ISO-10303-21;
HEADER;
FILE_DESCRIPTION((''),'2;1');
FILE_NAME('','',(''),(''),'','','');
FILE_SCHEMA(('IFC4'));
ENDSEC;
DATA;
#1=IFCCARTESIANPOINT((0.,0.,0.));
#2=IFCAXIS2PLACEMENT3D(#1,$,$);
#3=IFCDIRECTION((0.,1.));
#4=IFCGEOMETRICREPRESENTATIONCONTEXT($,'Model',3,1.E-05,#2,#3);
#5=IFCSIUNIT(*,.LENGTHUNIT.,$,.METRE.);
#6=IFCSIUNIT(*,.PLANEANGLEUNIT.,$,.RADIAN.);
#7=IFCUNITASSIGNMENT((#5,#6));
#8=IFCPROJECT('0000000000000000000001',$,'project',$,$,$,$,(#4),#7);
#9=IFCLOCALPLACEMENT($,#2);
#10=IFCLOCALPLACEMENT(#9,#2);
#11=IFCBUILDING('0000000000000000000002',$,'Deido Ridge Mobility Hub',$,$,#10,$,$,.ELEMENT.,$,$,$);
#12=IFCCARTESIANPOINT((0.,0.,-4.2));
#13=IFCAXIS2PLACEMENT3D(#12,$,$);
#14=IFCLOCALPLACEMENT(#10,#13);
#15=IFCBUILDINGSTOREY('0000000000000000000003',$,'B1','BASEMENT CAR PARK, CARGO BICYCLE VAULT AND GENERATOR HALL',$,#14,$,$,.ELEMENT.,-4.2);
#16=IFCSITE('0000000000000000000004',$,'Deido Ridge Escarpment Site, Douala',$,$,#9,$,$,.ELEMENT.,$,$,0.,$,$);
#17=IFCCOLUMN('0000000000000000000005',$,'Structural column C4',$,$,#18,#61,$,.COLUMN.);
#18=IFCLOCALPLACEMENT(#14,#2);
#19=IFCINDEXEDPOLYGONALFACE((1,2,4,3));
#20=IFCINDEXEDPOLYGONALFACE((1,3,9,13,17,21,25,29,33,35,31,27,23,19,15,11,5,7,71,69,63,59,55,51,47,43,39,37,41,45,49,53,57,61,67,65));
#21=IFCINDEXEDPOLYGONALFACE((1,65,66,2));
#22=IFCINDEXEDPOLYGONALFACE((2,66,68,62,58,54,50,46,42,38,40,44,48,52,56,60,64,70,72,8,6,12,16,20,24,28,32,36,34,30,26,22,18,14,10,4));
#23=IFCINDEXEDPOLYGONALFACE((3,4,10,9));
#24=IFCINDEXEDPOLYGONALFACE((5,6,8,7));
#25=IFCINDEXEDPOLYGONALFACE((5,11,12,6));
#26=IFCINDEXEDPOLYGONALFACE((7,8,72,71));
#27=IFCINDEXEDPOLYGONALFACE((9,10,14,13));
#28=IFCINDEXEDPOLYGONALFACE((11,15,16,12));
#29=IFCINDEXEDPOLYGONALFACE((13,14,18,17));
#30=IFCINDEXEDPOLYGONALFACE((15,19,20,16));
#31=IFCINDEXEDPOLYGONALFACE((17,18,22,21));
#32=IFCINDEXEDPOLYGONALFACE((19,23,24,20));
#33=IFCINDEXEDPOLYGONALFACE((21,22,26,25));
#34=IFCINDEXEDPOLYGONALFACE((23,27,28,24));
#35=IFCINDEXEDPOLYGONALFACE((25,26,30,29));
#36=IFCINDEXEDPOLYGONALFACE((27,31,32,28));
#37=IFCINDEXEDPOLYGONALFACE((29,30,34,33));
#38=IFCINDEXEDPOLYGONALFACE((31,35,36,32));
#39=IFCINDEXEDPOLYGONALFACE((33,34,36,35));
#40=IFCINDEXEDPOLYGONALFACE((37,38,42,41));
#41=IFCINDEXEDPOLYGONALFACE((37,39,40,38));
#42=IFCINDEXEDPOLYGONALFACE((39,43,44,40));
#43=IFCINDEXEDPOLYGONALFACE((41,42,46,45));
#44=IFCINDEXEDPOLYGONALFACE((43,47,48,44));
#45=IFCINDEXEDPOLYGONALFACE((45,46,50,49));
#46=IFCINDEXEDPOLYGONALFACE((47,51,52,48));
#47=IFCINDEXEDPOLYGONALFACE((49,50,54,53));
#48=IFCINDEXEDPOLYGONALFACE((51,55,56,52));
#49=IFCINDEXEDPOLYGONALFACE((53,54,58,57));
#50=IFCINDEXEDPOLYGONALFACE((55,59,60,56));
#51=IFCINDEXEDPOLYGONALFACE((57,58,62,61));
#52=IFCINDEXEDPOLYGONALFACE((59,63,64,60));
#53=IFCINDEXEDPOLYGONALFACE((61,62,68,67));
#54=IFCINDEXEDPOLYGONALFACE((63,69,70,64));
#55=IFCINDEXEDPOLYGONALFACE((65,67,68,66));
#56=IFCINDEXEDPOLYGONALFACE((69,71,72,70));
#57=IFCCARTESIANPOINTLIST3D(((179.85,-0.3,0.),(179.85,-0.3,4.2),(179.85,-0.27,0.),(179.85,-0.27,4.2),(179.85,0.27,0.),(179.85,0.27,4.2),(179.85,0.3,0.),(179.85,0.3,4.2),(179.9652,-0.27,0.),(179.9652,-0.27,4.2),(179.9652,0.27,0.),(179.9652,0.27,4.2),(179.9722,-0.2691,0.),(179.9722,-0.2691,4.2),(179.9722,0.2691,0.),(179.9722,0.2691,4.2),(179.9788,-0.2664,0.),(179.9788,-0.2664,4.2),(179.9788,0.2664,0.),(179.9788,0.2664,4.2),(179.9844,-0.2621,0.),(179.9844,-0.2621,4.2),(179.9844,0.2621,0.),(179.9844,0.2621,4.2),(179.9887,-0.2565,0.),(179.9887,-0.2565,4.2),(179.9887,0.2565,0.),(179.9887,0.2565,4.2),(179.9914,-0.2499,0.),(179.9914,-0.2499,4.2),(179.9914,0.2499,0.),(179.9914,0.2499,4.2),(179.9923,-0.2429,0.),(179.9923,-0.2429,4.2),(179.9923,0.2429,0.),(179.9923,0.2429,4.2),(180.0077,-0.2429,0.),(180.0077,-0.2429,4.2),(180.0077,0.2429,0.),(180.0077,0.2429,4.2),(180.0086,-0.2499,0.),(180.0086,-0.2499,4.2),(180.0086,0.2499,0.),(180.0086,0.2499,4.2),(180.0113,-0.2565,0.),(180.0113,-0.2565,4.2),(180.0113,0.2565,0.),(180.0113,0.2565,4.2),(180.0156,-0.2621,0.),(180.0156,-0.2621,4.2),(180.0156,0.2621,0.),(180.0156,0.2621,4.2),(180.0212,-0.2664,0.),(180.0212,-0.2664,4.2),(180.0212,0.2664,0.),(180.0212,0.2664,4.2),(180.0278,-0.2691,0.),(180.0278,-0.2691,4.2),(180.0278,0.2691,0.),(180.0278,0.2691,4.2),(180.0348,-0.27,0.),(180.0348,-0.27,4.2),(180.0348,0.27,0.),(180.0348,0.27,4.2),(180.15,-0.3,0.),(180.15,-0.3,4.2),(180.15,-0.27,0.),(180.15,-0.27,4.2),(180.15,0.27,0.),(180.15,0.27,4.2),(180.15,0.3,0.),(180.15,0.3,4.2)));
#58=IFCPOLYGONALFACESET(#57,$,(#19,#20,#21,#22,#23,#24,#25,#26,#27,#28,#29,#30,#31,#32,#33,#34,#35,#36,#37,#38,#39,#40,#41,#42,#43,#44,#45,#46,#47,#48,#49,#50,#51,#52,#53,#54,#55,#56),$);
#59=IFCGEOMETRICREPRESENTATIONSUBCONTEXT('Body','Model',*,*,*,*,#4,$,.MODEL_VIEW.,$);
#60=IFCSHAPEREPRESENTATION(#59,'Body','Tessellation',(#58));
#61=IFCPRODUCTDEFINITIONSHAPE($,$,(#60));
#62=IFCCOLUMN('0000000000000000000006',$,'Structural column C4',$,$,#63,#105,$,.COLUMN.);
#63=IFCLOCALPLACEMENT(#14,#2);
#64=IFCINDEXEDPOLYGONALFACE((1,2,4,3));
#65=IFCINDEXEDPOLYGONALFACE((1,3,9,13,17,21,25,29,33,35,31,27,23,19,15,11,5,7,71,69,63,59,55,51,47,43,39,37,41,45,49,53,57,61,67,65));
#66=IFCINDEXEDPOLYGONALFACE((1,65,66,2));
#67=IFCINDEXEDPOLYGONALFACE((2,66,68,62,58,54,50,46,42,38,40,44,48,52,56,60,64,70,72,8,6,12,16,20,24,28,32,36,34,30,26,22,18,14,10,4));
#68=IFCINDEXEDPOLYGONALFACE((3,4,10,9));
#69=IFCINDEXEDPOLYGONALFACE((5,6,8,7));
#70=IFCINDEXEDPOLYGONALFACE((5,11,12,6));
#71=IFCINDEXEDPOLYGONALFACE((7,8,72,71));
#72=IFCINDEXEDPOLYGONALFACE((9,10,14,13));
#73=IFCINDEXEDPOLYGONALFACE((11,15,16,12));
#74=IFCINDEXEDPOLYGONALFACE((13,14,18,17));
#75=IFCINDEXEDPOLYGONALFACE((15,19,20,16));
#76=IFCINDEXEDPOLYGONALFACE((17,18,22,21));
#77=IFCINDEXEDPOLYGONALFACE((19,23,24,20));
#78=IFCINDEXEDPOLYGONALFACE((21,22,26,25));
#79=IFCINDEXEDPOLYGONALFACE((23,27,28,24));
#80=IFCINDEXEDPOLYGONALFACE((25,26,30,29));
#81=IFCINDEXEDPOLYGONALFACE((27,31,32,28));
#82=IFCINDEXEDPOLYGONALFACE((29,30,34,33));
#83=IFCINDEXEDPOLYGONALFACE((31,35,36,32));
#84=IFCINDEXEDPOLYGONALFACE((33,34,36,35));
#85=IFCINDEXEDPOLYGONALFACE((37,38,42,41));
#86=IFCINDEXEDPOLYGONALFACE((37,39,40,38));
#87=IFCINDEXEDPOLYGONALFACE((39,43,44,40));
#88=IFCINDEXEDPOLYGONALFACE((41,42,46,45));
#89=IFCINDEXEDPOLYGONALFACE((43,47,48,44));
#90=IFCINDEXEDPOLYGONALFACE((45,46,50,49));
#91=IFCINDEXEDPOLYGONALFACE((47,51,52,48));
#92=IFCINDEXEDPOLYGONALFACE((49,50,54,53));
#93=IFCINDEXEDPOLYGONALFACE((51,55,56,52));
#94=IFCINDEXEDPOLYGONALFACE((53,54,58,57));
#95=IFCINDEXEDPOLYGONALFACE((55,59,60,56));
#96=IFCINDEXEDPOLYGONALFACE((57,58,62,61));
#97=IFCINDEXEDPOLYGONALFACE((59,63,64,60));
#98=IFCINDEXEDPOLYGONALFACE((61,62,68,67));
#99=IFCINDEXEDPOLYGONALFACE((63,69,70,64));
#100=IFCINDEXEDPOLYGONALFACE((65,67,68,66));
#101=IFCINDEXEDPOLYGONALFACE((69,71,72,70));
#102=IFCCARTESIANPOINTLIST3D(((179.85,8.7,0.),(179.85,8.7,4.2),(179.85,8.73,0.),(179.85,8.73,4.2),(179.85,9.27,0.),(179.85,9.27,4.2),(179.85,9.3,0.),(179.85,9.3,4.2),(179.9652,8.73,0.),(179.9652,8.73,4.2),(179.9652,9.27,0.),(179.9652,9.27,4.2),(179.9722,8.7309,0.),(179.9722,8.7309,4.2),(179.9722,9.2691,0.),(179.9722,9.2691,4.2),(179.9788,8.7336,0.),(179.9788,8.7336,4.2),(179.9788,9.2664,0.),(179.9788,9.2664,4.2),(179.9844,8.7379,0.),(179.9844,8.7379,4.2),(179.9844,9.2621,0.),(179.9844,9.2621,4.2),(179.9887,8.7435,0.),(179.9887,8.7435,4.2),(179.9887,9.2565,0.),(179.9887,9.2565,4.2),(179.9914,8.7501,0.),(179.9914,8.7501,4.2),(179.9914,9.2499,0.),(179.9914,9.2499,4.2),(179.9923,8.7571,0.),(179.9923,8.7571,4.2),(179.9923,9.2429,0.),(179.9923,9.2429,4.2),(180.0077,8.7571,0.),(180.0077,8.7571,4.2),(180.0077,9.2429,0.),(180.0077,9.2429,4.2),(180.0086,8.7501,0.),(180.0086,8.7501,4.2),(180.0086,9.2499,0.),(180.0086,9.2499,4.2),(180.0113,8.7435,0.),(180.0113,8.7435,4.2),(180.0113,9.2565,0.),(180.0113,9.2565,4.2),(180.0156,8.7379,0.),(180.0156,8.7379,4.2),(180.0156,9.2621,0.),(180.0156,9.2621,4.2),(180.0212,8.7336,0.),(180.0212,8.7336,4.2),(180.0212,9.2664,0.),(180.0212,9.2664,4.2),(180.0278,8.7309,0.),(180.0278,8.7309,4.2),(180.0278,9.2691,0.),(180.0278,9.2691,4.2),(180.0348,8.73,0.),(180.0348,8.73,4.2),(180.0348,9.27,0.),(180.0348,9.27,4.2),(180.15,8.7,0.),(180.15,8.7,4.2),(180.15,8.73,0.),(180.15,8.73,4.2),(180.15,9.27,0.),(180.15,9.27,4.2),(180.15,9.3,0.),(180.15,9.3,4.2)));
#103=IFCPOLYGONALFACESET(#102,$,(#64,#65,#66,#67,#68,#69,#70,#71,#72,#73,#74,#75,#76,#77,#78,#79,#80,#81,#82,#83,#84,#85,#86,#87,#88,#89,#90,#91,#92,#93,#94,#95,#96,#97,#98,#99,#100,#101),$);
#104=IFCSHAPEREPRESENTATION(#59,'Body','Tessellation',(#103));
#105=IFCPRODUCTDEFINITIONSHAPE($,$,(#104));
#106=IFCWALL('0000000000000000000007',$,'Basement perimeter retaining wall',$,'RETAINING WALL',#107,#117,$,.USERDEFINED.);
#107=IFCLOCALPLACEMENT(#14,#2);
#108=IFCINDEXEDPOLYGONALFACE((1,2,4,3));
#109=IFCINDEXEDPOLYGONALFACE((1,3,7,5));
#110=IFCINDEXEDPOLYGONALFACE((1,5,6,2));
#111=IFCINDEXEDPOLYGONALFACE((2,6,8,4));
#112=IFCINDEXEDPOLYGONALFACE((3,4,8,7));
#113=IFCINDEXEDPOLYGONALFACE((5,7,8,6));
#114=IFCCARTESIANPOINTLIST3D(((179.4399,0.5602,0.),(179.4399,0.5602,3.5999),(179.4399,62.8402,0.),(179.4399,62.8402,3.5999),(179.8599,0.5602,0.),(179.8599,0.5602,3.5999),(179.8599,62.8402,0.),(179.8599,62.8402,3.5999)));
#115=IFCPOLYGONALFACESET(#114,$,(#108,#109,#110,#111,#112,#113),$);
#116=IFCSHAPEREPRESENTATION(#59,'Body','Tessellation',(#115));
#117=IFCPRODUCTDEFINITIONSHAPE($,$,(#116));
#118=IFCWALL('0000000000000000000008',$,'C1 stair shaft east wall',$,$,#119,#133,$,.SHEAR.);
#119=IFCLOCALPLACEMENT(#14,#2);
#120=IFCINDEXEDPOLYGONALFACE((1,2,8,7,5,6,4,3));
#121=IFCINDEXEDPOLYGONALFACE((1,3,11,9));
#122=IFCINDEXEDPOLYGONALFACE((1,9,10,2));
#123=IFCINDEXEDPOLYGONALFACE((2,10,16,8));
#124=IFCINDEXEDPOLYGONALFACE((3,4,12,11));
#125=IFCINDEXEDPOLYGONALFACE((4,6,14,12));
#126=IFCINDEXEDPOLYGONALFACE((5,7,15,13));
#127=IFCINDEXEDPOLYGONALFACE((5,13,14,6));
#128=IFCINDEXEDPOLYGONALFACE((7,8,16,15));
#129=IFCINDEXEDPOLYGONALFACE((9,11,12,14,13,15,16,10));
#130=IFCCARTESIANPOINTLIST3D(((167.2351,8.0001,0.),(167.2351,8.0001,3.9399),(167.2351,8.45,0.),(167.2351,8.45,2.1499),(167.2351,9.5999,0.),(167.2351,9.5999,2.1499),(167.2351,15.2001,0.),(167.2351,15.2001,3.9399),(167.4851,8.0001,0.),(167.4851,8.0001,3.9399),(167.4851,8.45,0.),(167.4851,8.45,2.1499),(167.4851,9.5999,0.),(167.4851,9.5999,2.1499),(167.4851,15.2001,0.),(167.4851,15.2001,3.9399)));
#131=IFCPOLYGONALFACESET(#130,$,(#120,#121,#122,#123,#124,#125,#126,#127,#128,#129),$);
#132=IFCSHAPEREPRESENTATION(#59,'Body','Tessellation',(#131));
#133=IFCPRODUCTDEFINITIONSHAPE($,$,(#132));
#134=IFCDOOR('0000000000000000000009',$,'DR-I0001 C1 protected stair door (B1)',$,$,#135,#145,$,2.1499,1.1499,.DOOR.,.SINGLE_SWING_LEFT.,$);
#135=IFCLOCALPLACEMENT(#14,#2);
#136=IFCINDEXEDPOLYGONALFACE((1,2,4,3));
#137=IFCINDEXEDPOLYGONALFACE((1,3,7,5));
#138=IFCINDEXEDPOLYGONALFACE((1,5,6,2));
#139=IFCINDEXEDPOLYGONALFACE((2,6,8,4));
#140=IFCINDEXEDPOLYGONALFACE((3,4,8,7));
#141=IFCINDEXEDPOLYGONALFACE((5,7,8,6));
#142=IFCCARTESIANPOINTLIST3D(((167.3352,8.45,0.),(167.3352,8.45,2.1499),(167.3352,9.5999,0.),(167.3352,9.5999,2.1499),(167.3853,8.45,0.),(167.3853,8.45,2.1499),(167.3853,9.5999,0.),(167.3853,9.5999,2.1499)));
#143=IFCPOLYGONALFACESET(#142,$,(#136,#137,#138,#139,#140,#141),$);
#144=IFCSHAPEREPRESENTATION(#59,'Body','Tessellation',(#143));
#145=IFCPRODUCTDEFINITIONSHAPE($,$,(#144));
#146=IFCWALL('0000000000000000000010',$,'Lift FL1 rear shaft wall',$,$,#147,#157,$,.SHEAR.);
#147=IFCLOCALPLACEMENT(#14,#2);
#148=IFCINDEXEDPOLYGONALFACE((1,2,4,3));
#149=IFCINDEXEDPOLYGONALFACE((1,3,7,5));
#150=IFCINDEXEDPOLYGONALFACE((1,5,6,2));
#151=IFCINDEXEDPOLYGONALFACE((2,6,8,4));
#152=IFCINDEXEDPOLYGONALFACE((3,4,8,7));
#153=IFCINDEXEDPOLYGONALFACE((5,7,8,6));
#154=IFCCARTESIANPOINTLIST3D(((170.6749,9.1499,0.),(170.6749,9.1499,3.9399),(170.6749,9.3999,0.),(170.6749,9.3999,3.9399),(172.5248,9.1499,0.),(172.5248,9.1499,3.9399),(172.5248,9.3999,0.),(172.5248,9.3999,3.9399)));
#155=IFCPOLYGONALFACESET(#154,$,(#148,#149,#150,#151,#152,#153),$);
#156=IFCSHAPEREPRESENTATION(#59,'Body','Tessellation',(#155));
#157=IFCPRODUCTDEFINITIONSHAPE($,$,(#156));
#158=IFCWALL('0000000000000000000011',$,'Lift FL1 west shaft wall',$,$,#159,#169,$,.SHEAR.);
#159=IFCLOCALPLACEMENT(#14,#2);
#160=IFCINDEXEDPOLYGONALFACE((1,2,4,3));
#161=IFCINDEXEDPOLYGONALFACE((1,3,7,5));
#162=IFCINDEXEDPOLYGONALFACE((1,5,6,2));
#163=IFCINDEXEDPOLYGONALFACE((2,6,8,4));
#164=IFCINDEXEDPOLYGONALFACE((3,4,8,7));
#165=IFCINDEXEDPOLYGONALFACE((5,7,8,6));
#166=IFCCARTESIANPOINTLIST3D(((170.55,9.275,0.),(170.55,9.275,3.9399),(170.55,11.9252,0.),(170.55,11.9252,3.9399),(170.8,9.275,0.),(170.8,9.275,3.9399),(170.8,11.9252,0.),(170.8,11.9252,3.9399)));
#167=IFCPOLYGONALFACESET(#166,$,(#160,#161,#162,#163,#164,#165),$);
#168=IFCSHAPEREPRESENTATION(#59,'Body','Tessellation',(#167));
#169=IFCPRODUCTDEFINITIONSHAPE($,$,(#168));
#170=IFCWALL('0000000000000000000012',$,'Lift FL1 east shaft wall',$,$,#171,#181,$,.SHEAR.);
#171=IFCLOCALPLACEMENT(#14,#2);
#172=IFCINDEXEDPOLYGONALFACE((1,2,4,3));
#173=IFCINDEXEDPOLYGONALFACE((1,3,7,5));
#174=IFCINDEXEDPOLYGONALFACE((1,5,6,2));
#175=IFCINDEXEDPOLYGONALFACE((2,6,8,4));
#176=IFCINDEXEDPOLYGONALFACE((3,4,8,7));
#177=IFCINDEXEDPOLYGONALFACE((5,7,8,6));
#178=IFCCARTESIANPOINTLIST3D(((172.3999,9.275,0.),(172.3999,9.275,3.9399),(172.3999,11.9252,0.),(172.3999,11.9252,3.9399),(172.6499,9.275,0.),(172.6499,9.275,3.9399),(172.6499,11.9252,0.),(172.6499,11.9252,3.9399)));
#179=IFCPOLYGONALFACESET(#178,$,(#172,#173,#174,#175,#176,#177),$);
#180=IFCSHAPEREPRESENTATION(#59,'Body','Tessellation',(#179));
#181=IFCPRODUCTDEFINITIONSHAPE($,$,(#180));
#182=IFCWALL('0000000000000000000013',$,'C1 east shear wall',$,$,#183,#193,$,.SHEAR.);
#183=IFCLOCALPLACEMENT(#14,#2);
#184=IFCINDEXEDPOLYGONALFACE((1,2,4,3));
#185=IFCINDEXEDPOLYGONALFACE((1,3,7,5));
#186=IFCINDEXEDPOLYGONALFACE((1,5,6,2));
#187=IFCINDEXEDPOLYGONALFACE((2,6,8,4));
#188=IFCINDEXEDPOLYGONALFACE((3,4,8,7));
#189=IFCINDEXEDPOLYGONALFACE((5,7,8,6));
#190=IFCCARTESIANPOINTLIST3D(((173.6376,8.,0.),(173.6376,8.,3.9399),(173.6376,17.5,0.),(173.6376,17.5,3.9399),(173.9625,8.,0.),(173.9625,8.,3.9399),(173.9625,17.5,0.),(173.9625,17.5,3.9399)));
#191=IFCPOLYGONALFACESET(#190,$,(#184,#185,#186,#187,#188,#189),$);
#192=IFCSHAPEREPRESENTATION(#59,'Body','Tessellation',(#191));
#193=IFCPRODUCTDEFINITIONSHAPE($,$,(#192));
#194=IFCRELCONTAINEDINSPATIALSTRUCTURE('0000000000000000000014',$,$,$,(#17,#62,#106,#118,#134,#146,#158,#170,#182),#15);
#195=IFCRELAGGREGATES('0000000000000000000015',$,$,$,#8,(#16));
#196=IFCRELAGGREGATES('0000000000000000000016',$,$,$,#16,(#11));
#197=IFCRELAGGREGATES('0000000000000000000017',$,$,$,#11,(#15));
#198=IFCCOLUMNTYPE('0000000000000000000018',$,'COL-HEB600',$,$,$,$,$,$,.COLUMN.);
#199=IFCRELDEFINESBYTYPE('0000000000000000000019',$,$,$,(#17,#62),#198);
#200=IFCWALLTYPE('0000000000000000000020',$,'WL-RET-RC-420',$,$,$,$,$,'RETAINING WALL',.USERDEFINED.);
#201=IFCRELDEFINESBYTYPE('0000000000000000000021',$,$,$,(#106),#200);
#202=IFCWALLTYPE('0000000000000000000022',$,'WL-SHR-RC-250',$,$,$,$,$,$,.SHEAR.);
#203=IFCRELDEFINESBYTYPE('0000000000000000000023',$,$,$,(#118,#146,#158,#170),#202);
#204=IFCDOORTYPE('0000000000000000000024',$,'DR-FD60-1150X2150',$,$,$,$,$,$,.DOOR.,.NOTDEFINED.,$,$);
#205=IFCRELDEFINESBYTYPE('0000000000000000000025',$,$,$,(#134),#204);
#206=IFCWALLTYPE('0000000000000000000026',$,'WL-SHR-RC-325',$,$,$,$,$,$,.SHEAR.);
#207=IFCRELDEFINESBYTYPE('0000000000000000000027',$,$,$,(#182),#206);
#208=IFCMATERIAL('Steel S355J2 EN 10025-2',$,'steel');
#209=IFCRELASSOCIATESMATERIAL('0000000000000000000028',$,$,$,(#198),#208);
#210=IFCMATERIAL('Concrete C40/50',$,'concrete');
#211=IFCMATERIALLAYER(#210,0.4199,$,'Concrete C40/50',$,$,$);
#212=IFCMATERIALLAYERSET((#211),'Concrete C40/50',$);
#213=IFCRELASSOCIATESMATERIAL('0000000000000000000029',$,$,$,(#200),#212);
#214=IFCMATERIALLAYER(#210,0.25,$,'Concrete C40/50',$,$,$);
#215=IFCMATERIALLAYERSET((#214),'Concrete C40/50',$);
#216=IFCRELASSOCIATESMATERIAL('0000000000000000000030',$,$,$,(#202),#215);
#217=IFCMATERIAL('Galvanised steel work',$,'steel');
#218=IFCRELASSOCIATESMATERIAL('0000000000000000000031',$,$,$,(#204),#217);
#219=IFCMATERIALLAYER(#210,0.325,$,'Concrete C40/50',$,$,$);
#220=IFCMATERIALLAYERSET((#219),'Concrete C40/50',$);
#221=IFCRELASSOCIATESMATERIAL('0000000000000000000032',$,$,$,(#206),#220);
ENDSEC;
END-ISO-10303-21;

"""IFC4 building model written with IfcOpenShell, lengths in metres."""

from ifc_helpers import new_model, si_unit, direction, frame, frame_2d, origin, origin_2d, place, context, subcontext, project, spatial, rectangle, i_section, extrude, material, layer, layer_set, material_profile, profile_set, type_object, element, fill, save


model = new_model("IFC4")

# Units and contexts
model_context = context("Model", 3, precision=1e-05, world=origin(), true_north=direction((0.0, 1.0)))
body_context = subcontext(model_context, "Body", "Model", "MODEL_VIEW")
ifc_project = project(units=[si_unit("LENGTHUNIT", "METRE"), si_unit("PLANEANGLEUNIT", "RADIAN")], contexts=[model_context])

# Site, building, storey
site_placement = place(None, origin())
site = spatial("IfcSite", under=ifc_project, at=site_placement, Name="Deido Ridge Escarpment Site, Douala", CompositionType="ELEMENT", RefElevation=0.0)
building_placement = place(site_placement, origin())
building = spatial("IfcBuilding", under=site, at=building_placement, Name="Deido Ridge Mobility Hub", CompositionType="ELEMENT")
storey_placement = place(building_placement, frame((0.0, 0.0, -4.2)))
storey = spatial("IfcBuildingStorey", under=building, at=storey_placement, Name="B1", Description="BASEMENT CAR PARK, CARGO BICYCLE VAULT AND GENERATOR HALL", CompositionType="ELEMENT", Elevation=-4.2)

# Shared definitions
ifc_material_1 = material(Name="Concrete C40/50", Category="concrete")

# Columns
ifc_material_2 = material(Name="Steel S355J2 EN 10025-2", Category="steel")
ifc_material_profile_1 = material_profile(ifc_material_2, i_section(OverallWidth=0.3, OverallDepth=0.6001, WebThickness=0.0154, FlangeThickness=0.03, FilletRadius=0.0271, at=origin_2d()), Name="HEB 600")
ifc_profile_set_1 = profile_set([ifc_material_profile_1], Name="Steel S355J2 EN 10025-2")
column_type = type_object("IfcColumnType", Name="COL-HEB600", PredefinedType="COLUMN", material=ifc_profile_set_1)
for number, where, z_axis, x_axis, name in (
    (1, (180.0, 0.0, 0.0), (0.0, 0.0, 1.0), (1.0, 0.0, 0.0), "Structural column C4"),
    (2, (180.0, 9.0, 0.0), (0.0, 0.0, 1.0), (1.0, 0.0, 0.0), "Structural column C4"),
):
    element("IfcColumn", number, at=place(storey_placement, frame(where, z_axis=z_axis, x_axis=x_axis)), inside=storey, type_object=column_type, Name=name, PredefinedType="COLUMN", context=body_context, shape_type="SweptSolid", body=[
        extrude(i_section(OverallWidth=0.3, OverallDepth=0.6001, WebThickness=0.0154, FlangeThickness=0.03, FilletRadius=0.0271, at=origin_2d()), origin(), (0.0, 0.0, 1.0), 4.2),
    ])

# Wall
ifc_layer_1 = layer(ifc_material_1, 0.4199, Name="Concrete C40/50")
ifc_layer_set_1 = layer_set([ifc_layer_1], Name="Concrete C40/50")
wall_type_1 = type_object("IfcWallType", Name="WL-RET-RC-420", ElementType="RETAINING WALL", PredefinedType="USERDEFINED", material=ifc_layer_set_1)
wall_1_placement = place(storey_placement, frame((179.6499, 0.5601, 0.0), z_axis=(0.0, 0.0, 1.0), x_axis=(0.0, 1.0, 0.0)))
element("IfcWall", 3, at=wall_1_placement, inside=storey, type_object=wall_type_1, Name="Basement perimeter retaining wall", ObjectType="RETAINING WALL", PredefinedType="USERDEFINED", context=body_context, shape_type="SweptSolid", body=[
    extrude(rectangle(XDim=62.28, YDim=0.4199, at=frame_2d((31.1401, 0.0))), origin(), (0.0, 0.0, 1.0), 3.5999),
])

# Wall, opening, door
ifc_layer_2 = layer(ifc_material_1, 0.25, Name="Concrete C40/50")
ifc_layer_set_2 = layer_set([ifc_layer_2], Name="Concrete C40/50")
wall_type_2 = type_object("IfcWallType", Name="WL-SHR-RC-250", PredefinedType="SHEAR", material=ifc_layer_set_2)
wall_2_placement = place(storey_placement, frame((167.3601, 8.0, 0.0), z_axis=(0.0, 0.0, 1.0), x_axis=(0.0, 1.0, 0.0)))
wall_2 = element("IfcWall", 4, at=wall_2_placement, inside=storey, type_object=wall_type_2, Name="C1 stair shaft east wall", PredefinedType="SHEAR", context=body_context, shape_type="SweptSolid", body=[
    extrude(rectangle(XDim=7.2, YDim=0.25, at=frame_2d((3.6001, 0.0))), origin(), (0.0, 0.0, 1.0), 3.9399),
])
opening_placement = place(wall_2_placement, frame((0.45, 0.0, 0.0)))
opening = element("IfcOpeningElement", 5, at=opening_placement, cuts=wall_2, PredefinedType="OPENING", context=body_context, shape_type="SweptSolid", body=[
    extrude(rectangle(XDim=1.1499, YDim=2.1499, at=frame_2d((0.575, 1.075))), frame((0.0, 0.135, 0.0), z_axis=(0.0, -1.0, 0.0), x_axis=(1.0, 0.0, 0.0)), (0.0, 0.0, 1.0), 0.27),
])
ifc_material_3 = material(Name="Galvanised steel work", Category="steel")
door_type = type_object("IfcDoorType", Name="DR-FD60-1150X2150", OperationType="NOTDEFINED", PredefinedType="DOOR", material=ifc_material_3)
door_placement = place(opening_placement, origin())
door = element("IfcDoor", 6, at=door_placement, inside=storey, type_object=door_type, Name="DR-I0001 C1 protected stair door (B1)", OperationType="SINGLE_SWING_LEFT", OverallHeight=2.1499, OverallWidth=1.1499, PredefinedType="DOOR", context=body_context, shape_type="SweptSolid", body=[
    extrude(rectangle(XDim=1.1499, YDim=2.1499, at=frame_2d((0.575, 1.075))), frame((0.0, 0.0249, 0.0), z_axis=(0.0, -1.0, 0.0), x_axis=(1.0, 0.0, 0.0)), (0.0, 0.0, 1.0), 0.05),
])
fill(opening, door)

# Walls
wall_3_placement = place(storey_placement, frame((170.675, 9.2749, 0.0), z_axis=(0.0, 0.0, 1.0), x_axis=(1.0, 0.0, 0.0)))
element("IfcWall", 7, at=wall_3_placement, inside=storey, type_object=wall_type_2, Name="Lift FL1 rear shaft wall", PredefinedType="SHEAR", context=body_context, shape_type="SweptSolid", body=[
    extrude(rectangle(XDim=1.8499, YDim=0.25, at=frame_2d((0.9248, 0.0))), origin(), (0.0, 0.0, 1.0), 3.9399),
])
for number, where, z_axis, x_axis, name in (
    (8, (170.675, 9.2749, 0.0), (0.0, 0.0, 1.0), (0.0, 1.0, 0.0), "Lift FL1 west shaft wall"),
    (9, (172.5249, 9.2749, 0.0), (0.0, 0.0, 1.0), (0.0, 1.0, 0.0), "Lift FL1 east shaft wall"),
):
    element("IfcWall", number, at=place(storey_placement, frame(where, z_axis=z_axis, x_axis=x_axis)), inside=storey, type_object=wall_type_2, Name=name, PredefinedType="SHEAR", context=body_context, shape_type="SweptSolid", body=[
        extrude(rectangle(XDim=2.6501, YDim=0.25, at=frame_2d((1.3252, 0.0))), origin(), (0.0, 0.0, 1.0), 3.9399),
    ])
ifc_layer_3 = layer(ifc_material_1, 0.325, Name="Concrete C40/50")
ifc_layer_set_3 = layer_set([ifc_layer_3], Name="Concrete C40/50")
wall_type_3 = type_object("IfcWallType", Name="WL-SHR-RC-325", PredefinedType="SHEAR", material=ifc_layer_set_3)
wall_4_placement = place(storey_placement, frame((173.8, 8.0, 0.0), z_axis=(0.0, 0.0, 1.0), x_axis=(0.0, 1.0, 0.0)))
element("IfcWall", 10, at=wall_4_placement, inside=storey, type_object=wall_type_3, Name="C1 east shear wall", PredefinedType="SHEAR", context=body_context, shape_type="SweptSolid", body=[
    extrude(rectangle(XDim=9.5, YDim=0.325, at=frame_2d((4.75, 0.0))), origin(), (0.0, 0.0, 1.0), 3.9399),
])

save(model, "model.ifc")
